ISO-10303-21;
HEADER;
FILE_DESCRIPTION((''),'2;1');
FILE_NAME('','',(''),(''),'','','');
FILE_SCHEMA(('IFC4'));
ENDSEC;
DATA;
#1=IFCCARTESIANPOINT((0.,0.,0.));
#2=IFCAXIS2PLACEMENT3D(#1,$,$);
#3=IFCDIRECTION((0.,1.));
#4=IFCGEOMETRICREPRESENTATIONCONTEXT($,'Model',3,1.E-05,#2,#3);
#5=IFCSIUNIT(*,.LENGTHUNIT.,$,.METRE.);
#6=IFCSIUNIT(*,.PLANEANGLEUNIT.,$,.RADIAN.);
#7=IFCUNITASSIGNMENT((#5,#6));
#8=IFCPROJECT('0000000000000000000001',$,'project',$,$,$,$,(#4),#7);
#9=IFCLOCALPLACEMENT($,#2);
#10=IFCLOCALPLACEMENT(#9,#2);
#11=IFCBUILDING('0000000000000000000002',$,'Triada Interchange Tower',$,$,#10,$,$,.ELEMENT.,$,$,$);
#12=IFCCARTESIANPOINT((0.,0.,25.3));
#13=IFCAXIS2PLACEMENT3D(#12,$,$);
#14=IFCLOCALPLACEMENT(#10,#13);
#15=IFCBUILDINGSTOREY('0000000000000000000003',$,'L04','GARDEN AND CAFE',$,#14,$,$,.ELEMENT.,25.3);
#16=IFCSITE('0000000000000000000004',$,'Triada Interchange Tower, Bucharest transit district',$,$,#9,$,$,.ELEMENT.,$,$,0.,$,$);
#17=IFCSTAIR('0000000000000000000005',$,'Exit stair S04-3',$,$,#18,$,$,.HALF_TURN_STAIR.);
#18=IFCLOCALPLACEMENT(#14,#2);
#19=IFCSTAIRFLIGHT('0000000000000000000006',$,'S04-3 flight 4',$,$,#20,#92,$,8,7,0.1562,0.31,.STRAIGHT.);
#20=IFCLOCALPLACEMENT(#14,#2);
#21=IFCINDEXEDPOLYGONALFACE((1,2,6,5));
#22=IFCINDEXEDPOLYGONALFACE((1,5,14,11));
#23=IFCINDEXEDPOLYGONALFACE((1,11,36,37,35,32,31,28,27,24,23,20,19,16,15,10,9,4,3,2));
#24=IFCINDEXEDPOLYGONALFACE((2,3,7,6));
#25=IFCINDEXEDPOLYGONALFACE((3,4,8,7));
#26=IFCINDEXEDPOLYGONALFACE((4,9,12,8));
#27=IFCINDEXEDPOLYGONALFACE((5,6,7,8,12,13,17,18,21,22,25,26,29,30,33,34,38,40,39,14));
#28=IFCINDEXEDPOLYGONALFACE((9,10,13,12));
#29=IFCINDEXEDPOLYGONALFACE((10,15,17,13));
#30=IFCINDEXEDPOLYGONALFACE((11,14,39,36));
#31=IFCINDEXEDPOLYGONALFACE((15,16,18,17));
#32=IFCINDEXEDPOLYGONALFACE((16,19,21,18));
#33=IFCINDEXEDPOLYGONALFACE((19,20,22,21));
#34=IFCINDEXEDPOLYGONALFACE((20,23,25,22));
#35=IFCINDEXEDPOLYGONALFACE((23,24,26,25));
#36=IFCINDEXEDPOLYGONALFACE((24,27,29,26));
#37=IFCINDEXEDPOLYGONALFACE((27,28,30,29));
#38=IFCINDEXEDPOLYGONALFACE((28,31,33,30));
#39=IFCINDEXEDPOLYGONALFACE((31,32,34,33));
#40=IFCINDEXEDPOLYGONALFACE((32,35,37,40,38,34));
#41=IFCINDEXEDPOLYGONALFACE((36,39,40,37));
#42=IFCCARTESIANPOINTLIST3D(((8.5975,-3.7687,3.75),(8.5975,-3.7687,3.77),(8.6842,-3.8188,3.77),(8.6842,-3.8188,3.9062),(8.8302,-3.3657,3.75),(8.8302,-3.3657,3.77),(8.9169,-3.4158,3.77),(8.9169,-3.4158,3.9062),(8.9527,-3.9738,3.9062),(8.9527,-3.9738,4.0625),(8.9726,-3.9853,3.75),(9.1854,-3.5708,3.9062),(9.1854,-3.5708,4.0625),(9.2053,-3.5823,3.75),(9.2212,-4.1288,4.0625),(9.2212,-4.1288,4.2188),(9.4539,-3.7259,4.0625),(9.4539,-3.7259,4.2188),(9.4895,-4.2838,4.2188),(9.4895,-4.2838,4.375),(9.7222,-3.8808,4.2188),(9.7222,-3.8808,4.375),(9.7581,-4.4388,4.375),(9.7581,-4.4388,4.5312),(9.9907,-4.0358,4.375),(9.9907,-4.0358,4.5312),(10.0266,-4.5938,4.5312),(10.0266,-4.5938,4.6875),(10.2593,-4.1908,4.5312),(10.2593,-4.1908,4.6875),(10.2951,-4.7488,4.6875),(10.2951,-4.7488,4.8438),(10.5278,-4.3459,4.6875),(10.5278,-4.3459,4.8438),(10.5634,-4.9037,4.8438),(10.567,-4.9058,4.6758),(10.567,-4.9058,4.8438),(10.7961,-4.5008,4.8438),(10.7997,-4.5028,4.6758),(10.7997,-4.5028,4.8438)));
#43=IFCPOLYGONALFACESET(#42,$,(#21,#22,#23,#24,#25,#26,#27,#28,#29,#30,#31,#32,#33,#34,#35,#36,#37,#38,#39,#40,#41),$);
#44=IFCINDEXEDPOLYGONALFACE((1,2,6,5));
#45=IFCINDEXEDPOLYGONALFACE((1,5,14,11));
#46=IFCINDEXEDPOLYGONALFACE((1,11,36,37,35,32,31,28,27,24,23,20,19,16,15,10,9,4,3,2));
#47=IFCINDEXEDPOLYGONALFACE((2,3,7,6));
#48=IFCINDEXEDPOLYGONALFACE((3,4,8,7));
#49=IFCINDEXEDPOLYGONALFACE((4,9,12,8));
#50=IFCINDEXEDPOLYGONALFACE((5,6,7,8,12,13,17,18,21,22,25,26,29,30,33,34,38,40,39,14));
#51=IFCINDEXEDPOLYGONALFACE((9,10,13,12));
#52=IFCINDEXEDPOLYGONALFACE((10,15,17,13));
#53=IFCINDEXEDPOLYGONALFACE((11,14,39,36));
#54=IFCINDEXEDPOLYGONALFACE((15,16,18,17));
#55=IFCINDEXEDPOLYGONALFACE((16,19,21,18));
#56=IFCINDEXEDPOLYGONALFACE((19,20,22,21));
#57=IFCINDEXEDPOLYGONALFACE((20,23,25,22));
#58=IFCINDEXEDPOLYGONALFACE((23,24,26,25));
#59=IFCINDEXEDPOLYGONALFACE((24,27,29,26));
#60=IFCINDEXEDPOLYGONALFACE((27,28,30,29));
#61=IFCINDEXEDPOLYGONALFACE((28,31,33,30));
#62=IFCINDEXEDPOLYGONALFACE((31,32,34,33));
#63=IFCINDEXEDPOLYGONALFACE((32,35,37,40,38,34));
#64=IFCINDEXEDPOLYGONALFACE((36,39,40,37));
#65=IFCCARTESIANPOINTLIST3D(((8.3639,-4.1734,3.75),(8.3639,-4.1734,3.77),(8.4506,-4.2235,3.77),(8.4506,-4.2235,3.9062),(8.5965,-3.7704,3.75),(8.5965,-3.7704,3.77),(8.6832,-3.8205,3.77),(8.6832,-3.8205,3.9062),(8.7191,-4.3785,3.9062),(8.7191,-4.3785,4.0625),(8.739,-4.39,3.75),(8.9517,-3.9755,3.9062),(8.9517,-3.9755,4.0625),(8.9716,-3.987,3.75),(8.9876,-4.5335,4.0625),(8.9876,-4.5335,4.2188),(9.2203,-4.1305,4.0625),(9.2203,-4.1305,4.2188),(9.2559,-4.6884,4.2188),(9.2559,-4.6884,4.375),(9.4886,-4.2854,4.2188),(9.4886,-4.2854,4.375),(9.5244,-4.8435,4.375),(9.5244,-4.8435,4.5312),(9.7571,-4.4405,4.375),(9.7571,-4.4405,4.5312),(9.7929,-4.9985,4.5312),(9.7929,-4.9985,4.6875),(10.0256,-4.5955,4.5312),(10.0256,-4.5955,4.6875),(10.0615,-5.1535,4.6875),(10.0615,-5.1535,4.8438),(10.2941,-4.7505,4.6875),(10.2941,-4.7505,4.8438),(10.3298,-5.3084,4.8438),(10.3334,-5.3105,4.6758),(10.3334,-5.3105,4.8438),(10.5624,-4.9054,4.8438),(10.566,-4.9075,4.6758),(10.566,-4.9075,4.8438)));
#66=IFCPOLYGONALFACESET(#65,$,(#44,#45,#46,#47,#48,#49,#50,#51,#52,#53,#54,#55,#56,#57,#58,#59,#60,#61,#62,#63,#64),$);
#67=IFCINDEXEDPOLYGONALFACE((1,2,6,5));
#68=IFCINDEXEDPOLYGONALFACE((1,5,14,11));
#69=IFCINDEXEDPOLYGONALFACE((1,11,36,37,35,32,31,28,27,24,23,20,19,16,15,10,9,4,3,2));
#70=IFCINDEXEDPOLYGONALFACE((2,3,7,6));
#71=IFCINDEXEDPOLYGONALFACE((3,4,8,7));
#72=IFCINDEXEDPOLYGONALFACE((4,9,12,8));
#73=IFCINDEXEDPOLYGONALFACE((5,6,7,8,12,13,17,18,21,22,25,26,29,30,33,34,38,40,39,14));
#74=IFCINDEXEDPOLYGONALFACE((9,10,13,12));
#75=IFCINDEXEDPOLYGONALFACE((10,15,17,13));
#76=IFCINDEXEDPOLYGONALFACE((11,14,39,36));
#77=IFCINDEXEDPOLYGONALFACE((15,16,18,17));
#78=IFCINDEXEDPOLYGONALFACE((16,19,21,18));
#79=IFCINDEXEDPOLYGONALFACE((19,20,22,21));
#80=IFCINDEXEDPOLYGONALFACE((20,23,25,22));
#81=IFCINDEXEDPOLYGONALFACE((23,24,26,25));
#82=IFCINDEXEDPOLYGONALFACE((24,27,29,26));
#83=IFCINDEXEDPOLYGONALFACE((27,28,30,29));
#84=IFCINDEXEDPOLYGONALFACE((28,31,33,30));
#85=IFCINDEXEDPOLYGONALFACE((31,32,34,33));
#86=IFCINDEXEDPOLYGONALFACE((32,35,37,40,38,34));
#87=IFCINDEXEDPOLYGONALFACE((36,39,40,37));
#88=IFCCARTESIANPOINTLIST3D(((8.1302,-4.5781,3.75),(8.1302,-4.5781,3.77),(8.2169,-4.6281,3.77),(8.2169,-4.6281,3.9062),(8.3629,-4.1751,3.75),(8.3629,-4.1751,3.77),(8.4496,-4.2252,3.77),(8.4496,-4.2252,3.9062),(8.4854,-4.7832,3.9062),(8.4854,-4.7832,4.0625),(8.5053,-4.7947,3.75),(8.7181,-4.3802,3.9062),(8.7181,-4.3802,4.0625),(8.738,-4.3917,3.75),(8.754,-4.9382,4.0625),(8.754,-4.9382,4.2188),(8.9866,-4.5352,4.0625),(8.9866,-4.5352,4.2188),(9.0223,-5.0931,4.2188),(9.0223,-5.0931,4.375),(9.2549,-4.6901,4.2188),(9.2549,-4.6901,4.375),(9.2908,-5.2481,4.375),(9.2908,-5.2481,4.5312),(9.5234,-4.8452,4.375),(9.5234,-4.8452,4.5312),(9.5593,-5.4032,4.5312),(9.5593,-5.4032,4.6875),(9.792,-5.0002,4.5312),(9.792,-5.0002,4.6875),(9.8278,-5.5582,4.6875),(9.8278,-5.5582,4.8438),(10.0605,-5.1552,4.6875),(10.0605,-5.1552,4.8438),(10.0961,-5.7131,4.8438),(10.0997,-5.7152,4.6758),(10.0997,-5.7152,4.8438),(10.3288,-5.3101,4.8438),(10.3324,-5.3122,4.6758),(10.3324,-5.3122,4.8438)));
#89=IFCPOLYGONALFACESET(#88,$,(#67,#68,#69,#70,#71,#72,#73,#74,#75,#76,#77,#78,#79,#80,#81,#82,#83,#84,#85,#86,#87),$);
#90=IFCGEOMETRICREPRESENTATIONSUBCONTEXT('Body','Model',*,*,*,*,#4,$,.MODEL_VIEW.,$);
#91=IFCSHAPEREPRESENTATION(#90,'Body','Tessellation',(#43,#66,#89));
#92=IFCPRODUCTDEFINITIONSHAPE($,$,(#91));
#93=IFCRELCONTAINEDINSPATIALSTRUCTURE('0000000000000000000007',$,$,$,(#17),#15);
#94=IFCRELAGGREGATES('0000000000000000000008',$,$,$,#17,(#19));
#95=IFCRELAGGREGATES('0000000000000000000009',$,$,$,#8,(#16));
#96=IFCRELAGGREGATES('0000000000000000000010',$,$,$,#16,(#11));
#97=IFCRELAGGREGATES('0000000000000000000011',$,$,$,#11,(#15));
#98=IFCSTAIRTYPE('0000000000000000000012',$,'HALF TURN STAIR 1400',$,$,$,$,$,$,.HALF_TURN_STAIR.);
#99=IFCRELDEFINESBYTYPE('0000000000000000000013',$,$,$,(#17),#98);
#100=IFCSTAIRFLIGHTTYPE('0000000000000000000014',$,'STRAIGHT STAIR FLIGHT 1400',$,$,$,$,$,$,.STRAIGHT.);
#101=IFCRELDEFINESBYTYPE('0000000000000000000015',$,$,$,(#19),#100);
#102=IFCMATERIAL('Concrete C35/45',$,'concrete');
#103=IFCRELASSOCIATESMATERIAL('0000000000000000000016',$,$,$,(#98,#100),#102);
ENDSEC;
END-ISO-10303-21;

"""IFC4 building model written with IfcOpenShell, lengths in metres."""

from ifc_helpers import new_model, si_unit, direction, frame, origin, place, context, subcontext, project, spatial, polyline, outline, extrude, material, type_object, element, aggregate, save


model = new_model("IFC4")

# Units and contexts
model_context = context("Model", 3, precision=1e-05, world=origin(), true_north=direction((0.0, 1.0)))
body_context = subcontext(model_context, "Body", "Model", "MODEL_VIEW")
ifc_project = project(units=[si_unit("LENGTHUNIT", "METRE"), si_unit("PLANEANGLEUNIT", "RADIAN")], contexts=[model_context])

# Site, building, storey
site_placement = place(None, origin())
site = spatial("IfcSite", under=ifc_project, at=site_placement, Name="Triada Interchange Tower, Bucharest transit district", CompositionType="ELEMENT", RefElevation=0.0)
building_placement = place(site_placement, origin())
building = spatial("IfcBuilding", under=site, at=building_placement, Name="Triada Interchange Tower", CompositionType="ELEMENT")
storey_placement = place(building_placement, frame((0.0, 0.0, 25.3)))
storey = spatial("IfcBuildingStorey", under=building, at=storey_placement, Name="L04", Description="GARDEN AND CAFE", CompositionType="ELEMENT", Elevation=25.3)

# Shared definitions
ifc_material_1 = material(Name="Concrete C35/45", Category="concrete")
stair_type = type_object("IfcStairType", Name="HALF TURN STAIR 1400", PredefinedType="HALF_TURN_STAIR", material=ifc_material_1)

# Stair, stair flight
stair_1_placement = place(storey_placement, origin())
stair_1 = element("IfcStair", 1, at=stair_1_placement, inside=storey, type_object=stair_type, Name="Exit stair S04-3", PredefinedType="HALF_TURN_STAIR")
stair_flight_type = type_object("IfcStairFlightType", Name="STRAIGHT STAIR FLIGHT 1400", PredefinedType="STRAIGHT", material=ifc_material_1)
stair_flight_1_placement = place(storey_placement, frame((8.5669, -4.022, 3.75), z_axis=(0.0, 0.0, 1.0), x_axis=(0.866025, -0.5, 0.0)))
stair_flight_1 = element("IfcStairFlight", 2, at=stair_flight_1_placement, type_object=stair_flight_type, Name="S04-3 flight 4", NumberOfRisers=8, NumberOfTreads=7, PredefinedType="STRAIGHT", RiserHeight=0.1562, TreadLength=0.31, context=body_context, shape_type="SweptSolid", body=[
    extrude(outline(polyline([(-0.1001, 0.0), (-0.1001, 0.02), (0.0, 0.02), (0.0, 0.1562), (0.3101, 0.1562), (0.3101, 0.3125), (0.6201, 0.3125), (0.6201, 0.4688), (0.9299, 0.4688), (0.9299, 0.625), (1.24, 0.625), (1.24, 0.7812), (1.55, 0.7812), (1.55, 0.9375), (1.8601, 0.9375), (1.8601, 1.0938), (2.1699, 1.0938), (2.1741, 1.0938), (2.1741, 1.25), (2.1741, 0.9258), (0.333, 0.0), (-0.1001, 0.0)])), frame((0.0, 0.7, 0.0), z_axis=(0.0, -1.0, 0.0), x_axis=(1.0, 0.0, 0.0)), (0.0, 0.0, 1.0), 0.4653),
    extrude(outline(polyline([(-0.1001, 0.0), (-0.1001, 0.02), (0.0, 0.02), (0.0, 0.1562), (0.3101, 0.1562), (0.3101, 0.3125), (0.6201, 0.3125), (0.6201, 0.4688), (0.9299, 0.4688), (0.9299, 0.625), (1.24, 0.625), (1.24, 0.7812), (1.55, 0.7812), (1.55, 0.9375), (1.8601, 0.9375), (1.8601, 1.0938), (2.1699, 1.0938), (2.1741, 1.0938), (2.1741, 1.25), (2.1741, 0.9258), (0.333, 0.0), (-0.1001, 0.0)])), frame((0.0, 0.2327, 0.0), z_axis=(0.0, -1.0, 0.0), x_axis=(1.0, 0.0, 0.0)), (0.0, 0.0, 1.0), 0.4653),
    extrude(outline(polyline([(-0.1001, 0.0), (-0.1001, 0.02), (0.0, 0.02), (0.0, 0.1562), (0.3101, 0.1562), (0.3101, 0.3125), (0.6201, 0.3125), (0.6201, 0.4688), (0.9299, 0.4688), (0.9299, 0.625), (1.24, 0.625), (1.24, 0.7812), (1.55, 0.7812), (1.55, 0.9375), (1.8601, 0.9375), (1.8601, 1.0938), (2.1699, 1.0938), (2.1741, 1.0938), (2.1741, 1.25), (2.1741, 0.9258), (0.333, 0.0), (-0.1001, 0.0)])), frame((0.0, -0.2346, 0.0), z_axis=(0.0, -1.0, 0.0), x_axis=(1.0, 0.0, 0.0)), (0.0, 0.0, 1.0), 0.4653),
])
aggregate(stair_1, [stair_flight_1])

save(model, "model.ifc")
